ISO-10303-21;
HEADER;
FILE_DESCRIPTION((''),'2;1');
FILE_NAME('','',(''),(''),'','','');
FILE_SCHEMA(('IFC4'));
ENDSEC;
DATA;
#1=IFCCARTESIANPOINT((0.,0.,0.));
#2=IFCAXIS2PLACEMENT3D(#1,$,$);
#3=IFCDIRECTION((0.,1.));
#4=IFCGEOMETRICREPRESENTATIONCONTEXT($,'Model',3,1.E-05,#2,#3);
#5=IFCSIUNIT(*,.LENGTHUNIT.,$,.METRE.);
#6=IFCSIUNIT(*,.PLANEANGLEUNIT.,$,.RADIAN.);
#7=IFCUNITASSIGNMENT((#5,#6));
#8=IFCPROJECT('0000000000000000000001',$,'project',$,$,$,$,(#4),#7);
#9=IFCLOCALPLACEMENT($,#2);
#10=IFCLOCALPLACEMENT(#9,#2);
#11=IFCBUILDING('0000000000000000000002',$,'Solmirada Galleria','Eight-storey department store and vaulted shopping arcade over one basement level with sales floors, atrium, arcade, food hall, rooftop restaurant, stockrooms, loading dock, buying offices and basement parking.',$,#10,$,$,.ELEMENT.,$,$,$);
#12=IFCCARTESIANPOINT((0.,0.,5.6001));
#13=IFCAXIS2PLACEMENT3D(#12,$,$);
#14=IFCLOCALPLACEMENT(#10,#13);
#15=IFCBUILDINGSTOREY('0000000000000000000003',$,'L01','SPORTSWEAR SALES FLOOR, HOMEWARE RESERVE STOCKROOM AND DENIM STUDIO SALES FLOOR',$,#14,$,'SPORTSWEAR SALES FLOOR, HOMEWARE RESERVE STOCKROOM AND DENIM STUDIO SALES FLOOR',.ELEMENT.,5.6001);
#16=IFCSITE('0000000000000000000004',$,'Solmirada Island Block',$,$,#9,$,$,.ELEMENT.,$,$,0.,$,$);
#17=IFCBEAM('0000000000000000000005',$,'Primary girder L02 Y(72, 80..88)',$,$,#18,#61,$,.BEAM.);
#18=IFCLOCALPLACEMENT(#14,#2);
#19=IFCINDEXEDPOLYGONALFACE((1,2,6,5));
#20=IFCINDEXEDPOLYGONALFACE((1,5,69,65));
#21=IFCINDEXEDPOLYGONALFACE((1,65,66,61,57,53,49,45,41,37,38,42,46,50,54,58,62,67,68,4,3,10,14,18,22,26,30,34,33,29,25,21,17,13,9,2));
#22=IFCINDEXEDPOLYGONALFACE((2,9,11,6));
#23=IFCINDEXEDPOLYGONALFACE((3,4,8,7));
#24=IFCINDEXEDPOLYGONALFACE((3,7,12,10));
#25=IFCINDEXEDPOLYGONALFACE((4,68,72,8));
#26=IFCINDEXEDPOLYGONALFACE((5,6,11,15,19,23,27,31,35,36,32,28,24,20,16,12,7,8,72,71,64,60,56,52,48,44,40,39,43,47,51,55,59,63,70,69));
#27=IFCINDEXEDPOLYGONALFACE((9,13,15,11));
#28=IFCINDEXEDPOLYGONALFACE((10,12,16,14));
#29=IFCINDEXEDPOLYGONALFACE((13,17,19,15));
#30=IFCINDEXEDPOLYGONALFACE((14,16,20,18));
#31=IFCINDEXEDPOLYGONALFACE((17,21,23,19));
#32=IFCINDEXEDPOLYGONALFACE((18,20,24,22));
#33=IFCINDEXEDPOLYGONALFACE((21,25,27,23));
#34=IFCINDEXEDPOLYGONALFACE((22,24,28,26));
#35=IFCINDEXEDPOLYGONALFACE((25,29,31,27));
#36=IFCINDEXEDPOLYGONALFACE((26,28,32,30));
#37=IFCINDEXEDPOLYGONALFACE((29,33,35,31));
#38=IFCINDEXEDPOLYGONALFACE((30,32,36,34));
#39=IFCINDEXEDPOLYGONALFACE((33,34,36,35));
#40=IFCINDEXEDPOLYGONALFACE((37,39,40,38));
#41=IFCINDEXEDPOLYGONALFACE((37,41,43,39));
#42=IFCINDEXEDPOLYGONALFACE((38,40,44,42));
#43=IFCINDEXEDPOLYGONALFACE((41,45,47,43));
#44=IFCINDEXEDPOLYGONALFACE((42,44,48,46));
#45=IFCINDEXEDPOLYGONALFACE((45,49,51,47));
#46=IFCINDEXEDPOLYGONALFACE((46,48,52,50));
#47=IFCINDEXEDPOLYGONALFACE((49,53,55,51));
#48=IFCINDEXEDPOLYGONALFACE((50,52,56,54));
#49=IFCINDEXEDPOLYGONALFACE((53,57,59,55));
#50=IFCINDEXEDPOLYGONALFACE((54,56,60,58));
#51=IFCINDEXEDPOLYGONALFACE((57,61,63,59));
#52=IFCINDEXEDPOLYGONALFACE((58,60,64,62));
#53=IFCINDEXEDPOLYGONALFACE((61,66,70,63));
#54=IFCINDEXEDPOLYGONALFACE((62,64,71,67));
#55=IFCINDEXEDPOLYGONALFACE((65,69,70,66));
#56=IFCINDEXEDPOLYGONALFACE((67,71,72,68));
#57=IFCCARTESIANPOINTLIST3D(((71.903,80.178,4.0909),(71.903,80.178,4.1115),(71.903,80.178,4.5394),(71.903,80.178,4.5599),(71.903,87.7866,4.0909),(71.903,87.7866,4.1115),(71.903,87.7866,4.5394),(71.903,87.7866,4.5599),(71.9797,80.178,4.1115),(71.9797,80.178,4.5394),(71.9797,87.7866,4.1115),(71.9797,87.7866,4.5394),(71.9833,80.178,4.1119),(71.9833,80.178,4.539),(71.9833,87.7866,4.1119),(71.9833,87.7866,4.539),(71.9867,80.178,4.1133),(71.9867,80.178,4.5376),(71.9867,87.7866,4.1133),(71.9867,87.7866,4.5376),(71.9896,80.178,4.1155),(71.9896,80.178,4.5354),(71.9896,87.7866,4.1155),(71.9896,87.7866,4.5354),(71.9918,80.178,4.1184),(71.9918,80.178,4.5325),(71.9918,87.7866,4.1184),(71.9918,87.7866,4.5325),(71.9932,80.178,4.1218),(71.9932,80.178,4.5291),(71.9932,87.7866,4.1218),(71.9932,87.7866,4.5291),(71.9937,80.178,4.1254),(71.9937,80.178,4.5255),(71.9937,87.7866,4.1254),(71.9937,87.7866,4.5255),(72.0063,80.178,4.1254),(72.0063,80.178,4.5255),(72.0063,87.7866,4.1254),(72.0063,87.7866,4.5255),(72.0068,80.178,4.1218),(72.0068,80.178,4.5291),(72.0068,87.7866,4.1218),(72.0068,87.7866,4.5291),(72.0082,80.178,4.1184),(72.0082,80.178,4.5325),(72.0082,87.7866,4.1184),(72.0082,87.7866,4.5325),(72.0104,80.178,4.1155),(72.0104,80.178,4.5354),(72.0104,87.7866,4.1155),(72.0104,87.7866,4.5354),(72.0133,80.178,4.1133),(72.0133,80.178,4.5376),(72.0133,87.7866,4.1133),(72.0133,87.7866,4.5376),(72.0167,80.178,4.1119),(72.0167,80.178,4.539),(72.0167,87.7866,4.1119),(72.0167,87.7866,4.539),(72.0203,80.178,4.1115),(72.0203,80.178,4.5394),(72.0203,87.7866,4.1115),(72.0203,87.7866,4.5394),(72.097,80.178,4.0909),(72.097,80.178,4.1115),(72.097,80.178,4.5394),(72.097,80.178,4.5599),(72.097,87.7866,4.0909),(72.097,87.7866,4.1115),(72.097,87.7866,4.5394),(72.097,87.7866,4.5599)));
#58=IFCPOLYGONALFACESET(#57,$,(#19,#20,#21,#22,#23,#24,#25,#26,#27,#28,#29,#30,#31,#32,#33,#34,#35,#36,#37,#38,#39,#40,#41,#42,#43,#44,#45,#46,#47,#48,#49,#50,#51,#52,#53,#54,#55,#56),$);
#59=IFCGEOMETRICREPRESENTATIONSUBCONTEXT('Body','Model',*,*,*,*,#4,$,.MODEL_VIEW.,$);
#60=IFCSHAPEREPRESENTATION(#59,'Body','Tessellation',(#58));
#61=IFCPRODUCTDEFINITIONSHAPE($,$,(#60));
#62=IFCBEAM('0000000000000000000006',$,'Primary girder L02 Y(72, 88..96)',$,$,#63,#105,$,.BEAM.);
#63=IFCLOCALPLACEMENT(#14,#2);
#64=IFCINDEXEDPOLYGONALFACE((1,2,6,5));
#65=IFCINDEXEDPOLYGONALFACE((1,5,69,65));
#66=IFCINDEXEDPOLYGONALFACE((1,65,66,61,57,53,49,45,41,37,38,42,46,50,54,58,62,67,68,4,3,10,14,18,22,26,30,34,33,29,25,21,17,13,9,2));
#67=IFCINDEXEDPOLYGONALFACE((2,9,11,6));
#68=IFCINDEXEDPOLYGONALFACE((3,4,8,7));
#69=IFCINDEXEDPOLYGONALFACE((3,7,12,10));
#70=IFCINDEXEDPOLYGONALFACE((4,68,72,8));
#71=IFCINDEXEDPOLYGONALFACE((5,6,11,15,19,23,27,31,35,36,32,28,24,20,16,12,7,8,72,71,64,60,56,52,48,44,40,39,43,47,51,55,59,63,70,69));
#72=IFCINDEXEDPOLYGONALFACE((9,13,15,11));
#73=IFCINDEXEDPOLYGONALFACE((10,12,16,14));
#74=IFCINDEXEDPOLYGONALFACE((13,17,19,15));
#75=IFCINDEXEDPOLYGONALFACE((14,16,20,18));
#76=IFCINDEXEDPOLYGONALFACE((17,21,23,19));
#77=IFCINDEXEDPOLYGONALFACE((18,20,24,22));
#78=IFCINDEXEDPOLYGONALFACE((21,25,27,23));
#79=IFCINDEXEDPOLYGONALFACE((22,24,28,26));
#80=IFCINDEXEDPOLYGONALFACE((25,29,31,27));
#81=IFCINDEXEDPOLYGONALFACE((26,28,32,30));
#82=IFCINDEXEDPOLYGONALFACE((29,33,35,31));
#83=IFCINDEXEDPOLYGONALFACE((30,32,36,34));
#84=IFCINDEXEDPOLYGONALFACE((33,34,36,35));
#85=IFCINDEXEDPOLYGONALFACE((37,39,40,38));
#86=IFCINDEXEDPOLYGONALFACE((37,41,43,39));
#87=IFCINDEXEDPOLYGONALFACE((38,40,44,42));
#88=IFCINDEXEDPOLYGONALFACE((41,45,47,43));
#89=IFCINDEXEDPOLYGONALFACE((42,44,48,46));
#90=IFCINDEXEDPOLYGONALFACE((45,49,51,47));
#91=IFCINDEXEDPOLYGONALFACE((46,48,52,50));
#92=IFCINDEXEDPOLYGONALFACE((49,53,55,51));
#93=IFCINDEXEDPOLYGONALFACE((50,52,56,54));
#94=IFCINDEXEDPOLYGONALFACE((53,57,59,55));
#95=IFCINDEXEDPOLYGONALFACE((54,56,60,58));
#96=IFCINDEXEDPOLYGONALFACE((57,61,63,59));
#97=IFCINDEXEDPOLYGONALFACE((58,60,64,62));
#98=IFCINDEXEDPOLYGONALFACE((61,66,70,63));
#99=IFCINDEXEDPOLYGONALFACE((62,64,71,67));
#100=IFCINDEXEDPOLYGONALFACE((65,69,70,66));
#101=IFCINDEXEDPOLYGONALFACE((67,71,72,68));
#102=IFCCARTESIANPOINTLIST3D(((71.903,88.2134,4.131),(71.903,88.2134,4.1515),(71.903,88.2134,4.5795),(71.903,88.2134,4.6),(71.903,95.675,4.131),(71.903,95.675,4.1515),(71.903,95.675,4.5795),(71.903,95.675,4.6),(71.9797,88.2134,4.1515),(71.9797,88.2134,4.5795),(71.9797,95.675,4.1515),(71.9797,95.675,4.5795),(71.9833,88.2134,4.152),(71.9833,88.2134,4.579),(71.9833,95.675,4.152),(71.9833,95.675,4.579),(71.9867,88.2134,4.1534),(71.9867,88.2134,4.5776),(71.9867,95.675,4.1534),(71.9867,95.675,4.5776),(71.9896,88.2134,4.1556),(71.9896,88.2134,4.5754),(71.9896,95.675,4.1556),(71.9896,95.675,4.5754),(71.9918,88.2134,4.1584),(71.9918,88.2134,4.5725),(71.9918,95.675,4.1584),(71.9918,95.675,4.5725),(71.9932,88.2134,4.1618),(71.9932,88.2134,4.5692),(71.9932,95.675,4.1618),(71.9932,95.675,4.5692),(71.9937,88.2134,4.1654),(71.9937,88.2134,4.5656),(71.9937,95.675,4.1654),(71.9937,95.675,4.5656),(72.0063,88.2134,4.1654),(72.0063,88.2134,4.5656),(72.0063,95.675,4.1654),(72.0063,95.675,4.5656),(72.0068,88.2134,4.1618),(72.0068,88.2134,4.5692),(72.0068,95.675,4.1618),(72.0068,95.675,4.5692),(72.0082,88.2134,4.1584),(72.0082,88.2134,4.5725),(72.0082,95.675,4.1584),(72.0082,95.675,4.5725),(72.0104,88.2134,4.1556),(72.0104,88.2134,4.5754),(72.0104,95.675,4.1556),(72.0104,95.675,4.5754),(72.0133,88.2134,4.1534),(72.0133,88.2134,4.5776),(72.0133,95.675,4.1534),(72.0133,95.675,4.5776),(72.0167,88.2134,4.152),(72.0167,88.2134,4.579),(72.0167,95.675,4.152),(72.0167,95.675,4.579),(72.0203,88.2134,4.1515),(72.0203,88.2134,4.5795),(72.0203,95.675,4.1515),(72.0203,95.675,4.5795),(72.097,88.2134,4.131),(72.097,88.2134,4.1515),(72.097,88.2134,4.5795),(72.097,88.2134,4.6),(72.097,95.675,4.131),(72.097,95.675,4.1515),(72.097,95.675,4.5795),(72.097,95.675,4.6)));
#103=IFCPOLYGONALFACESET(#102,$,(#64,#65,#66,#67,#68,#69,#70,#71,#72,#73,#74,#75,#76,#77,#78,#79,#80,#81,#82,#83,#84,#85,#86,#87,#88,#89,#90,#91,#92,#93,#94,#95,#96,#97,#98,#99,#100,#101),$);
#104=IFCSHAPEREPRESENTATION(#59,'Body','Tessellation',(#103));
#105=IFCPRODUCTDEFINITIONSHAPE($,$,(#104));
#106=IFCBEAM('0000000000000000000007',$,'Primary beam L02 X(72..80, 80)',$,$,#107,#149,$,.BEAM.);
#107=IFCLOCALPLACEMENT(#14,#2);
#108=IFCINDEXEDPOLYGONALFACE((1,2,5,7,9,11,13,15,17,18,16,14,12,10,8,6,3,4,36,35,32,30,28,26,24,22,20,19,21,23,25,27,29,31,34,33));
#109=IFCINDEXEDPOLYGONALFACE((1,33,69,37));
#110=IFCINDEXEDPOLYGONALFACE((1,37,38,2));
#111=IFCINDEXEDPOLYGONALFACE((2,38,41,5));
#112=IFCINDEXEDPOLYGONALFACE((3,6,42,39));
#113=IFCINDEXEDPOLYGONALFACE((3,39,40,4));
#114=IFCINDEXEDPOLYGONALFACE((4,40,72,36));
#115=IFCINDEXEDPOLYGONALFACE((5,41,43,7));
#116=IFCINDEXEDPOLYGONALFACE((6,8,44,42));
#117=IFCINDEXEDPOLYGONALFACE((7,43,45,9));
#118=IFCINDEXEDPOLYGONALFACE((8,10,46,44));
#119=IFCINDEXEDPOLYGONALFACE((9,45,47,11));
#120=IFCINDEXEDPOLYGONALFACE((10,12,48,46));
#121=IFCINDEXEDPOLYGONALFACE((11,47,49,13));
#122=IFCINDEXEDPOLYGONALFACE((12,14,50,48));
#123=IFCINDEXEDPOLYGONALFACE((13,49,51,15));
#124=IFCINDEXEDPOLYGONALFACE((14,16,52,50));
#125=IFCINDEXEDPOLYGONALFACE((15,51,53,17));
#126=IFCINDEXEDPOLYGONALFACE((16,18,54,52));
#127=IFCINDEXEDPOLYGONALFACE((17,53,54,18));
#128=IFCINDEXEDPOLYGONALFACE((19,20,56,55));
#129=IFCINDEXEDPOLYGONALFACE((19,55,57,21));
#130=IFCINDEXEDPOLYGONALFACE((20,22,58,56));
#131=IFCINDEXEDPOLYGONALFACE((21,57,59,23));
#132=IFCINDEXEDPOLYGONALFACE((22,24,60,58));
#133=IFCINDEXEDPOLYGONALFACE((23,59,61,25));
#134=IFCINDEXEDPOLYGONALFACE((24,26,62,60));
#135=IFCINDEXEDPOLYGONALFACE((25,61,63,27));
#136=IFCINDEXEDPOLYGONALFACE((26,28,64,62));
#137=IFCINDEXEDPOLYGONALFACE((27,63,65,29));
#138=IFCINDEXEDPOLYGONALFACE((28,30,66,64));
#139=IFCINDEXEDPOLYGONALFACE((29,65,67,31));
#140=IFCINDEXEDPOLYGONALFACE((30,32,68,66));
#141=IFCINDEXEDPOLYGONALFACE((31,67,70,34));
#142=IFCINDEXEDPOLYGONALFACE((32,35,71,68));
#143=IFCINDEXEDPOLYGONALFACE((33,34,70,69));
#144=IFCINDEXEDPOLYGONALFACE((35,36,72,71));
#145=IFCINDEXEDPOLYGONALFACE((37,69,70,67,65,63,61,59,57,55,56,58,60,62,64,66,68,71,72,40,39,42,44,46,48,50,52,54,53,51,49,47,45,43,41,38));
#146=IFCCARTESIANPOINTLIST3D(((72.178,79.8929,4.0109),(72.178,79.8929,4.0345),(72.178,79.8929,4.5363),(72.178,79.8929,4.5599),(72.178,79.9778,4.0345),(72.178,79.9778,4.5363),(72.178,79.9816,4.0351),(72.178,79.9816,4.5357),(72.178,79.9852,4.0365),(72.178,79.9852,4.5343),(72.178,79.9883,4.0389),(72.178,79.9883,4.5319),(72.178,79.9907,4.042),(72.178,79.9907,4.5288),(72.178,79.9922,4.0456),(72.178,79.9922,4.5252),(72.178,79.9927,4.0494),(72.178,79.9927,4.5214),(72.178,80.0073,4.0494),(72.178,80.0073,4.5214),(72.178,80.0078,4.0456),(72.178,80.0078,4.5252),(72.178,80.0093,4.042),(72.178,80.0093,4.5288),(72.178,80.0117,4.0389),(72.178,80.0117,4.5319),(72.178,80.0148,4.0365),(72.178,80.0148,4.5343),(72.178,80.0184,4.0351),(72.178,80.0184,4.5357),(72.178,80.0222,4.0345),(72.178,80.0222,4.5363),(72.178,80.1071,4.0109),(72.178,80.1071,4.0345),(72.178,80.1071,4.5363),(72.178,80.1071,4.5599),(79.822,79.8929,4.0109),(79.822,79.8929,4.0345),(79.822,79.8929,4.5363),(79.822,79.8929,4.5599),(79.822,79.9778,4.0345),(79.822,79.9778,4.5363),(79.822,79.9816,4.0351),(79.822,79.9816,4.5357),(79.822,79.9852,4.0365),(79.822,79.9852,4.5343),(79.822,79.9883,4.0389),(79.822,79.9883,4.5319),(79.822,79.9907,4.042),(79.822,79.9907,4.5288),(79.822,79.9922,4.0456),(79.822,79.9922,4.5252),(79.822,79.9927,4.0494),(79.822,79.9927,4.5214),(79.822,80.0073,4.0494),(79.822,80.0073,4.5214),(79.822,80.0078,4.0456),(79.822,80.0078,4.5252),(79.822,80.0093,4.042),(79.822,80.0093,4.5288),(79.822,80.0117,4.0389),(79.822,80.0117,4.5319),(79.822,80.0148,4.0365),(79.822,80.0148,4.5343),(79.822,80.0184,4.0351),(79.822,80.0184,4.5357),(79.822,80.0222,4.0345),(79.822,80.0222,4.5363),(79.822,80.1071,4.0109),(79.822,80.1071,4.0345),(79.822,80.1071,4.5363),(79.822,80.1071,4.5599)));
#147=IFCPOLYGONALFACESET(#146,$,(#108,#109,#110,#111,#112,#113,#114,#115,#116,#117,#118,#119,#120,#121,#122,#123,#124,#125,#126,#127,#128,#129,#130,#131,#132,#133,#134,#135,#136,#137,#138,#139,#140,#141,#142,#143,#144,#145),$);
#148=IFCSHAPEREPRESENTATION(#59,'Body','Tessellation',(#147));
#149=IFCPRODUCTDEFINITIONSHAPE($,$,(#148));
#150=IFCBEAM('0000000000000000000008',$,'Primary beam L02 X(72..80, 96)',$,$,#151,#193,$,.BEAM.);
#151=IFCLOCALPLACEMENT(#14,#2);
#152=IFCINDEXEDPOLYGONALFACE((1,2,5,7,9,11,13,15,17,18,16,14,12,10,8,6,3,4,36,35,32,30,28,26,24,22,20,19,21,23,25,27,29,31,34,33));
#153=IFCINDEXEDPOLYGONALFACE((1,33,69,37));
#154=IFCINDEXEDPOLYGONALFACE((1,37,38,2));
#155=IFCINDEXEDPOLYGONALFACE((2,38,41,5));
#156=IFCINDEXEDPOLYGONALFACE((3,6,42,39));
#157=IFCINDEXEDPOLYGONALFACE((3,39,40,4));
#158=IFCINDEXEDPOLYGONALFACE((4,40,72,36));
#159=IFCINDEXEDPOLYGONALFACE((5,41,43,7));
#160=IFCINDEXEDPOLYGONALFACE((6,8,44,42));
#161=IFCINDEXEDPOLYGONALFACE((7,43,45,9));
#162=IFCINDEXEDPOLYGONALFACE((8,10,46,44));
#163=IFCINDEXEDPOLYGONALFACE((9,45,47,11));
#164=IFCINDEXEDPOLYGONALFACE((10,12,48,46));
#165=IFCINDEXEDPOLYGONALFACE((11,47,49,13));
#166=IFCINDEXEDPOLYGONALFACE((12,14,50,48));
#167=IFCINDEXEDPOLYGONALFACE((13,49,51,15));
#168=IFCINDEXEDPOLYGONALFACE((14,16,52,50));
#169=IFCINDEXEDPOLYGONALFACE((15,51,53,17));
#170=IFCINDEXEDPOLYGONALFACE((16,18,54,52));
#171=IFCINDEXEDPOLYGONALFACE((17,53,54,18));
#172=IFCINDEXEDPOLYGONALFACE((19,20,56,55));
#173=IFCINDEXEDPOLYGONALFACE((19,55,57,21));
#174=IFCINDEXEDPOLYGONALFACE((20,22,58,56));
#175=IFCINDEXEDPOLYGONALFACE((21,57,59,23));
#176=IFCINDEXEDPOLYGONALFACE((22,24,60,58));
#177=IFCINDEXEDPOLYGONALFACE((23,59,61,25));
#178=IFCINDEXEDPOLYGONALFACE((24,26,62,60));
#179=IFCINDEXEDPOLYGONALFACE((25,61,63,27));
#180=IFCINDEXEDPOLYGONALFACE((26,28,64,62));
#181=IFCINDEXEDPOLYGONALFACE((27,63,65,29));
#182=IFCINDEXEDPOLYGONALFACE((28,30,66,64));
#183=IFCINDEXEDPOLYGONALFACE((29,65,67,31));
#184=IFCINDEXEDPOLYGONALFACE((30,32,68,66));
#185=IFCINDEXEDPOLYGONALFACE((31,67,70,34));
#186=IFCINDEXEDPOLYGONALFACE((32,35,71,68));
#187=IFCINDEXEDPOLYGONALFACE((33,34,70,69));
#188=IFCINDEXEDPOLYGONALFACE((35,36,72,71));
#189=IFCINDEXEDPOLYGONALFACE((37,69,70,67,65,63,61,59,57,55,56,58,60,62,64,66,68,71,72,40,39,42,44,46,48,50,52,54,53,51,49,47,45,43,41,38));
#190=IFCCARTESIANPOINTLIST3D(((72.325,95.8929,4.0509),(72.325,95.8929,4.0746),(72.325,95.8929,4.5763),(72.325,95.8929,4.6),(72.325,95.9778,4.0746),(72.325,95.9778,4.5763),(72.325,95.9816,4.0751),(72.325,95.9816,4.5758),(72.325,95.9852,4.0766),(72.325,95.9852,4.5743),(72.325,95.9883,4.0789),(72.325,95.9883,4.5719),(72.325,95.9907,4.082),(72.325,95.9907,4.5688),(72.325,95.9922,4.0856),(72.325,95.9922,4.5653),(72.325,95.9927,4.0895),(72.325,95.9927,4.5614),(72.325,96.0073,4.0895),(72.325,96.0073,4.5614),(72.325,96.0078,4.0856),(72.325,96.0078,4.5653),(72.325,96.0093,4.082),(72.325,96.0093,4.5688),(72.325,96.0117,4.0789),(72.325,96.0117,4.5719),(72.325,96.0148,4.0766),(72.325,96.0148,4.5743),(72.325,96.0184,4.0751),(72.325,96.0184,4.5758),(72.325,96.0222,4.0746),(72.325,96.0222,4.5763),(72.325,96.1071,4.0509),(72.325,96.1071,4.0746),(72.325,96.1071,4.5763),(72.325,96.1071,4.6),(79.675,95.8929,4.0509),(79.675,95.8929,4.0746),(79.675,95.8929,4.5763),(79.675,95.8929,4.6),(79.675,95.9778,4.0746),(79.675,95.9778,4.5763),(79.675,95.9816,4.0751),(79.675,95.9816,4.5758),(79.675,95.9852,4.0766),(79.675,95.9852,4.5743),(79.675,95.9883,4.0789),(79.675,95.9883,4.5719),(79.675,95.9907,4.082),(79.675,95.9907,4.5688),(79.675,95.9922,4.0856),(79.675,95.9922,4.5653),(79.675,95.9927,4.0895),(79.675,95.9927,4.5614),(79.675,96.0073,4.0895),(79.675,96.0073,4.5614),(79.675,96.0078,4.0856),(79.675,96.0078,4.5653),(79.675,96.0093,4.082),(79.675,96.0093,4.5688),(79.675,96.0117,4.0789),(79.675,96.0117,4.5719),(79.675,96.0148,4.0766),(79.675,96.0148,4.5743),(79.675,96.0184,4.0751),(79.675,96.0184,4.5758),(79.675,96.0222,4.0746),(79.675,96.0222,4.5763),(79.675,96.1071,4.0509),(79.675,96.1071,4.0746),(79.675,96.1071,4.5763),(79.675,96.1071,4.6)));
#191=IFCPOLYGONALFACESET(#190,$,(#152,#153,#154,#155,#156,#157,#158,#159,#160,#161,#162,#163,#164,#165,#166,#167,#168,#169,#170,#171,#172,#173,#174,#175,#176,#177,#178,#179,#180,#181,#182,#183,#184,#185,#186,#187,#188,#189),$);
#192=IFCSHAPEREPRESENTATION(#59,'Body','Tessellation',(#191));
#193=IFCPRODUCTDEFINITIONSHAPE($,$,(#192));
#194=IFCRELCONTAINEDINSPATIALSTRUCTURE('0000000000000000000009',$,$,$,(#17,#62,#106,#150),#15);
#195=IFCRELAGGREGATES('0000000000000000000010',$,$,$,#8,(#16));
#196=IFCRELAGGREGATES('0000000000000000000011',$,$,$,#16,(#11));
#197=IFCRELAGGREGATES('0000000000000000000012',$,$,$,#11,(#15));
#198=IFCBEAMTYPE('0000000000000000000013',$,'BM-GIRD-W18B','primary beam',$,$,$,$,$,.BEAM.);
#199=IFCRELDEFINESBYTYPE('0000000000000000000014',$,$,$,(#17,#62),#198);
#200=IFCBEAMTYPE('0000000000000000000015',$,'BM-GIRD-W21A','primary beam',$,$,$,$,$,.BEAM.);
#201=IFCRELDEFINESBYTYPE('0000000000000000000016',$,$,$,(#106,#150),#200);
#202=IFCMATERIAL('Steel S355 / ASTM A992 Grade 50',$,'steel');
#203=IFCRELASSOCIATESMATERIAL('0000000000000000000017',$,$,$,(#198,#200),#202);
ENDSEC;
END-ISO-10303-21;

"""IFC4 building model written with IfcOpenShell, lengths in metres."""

from ifc_helpers import new_model, si_unit, direction, frame, origin, origin_2d, place, context, subcontext, project, spatial, i_section, extrude, material, material_profile, profile_set, type_object, element, save


model = new_model("IFC4")

# Units and contexts
model_context = context("Model", 3, precision=1e-05, world=origin(), true_north=direction((0.0, 1.0)))
body_context = subcontext(model_context, "Body", "Model", "MODEL_VIEW")
ifc_project = project(units=[si_unit("LENGTHUNIT", "METRE"), si_unit("PLANEANGLEUNIT", "RADIAN")], contexts=[model_context])

# Site, building, storey
site_placement = place(None, origin())
site = spatial("IfcSite", under=ifc_project, at=site_placement, Name="Solmirada Island Block", CompositionType="ELEMENT", RefElevation=0.0)
building_placement = place(site_placement, origin())
building = spatial("IfcBuilding", under=site, at=building_placement, Name="Solmirada Galleria", Description="Eight-storey department store and vaulted shopping arcade over one basement level with sales floors, atrium, arcade, food hall, rooftop restaurant, stockrooms, loading dock, buying offices and basement parking.", CompositionType="ELEMENT")
storey_placement = place(building_placement, frame((0.0, 0.0, 5.6001)))
storey = spatial("IfcBuildingStorey", under=building, at=storey_placement, Name="L01", Description="SPORTSWEAR SALES FLOOR, HOMEWARE RESERVE STOCKROOM AND DENIM STUDIO SALES FLOOR", LongName="SPORTSWEAR SALES FLOOR, HOMEWARE RESERVE STOCKROOM AND DENIM STUDIO SALES FLOOR", CompositionType="ELEMENT", Elevation=5.6001)

# Beams
ifc_material_1 = material(Name="Steel S355 / ASTM A992 Grade 50", Category="steel")
ifc_material_profile_1 = material_profile(ifc_material_1, i_section(OverallWidth=0.1941, OverallDepth=0.469, WebThickness=0.0127, FlangeThickness=0.0205, FilletRadius=0.0139, at=origin_2d()), Name="W18X71")
ifc_profile_set_1 = profile_set([ifc_material_profile_1], Name="Steel S355 / ASTM A992 Grade 50")
beam_type_1 = type_object("IfcBeamType", Name="BM-GIRD-W18B", Description="primary beam", PredefinedType="BEAM", material=ifc_profile_set_1)
beam_1_placement = place(storey_placement, frame((72.0, 80.178, 4.3254), z_axis=(0.0, 1.0, 0.0), x_axis=(-1.0, 0.0, 0.0)))
element("IfcBeam", 1, at=beam_1_placement, inside=storey, type_object=beam_type_1, Name="Primary girder L02 Y(72, 80..88)", PredefinedType="BEAM", context=body_context, shape_type="SweptSolid", body=[
    extrude(i_section(OverallWidth=0.1941, OverallDepth=0.469, WebThickness=0.0127, FlangeThickness=0.0205, FilletRadius=0.0139, at=origin_2d()), origin(), (0.0, 0.0, 1.0), 7.6086),
])
beam_2_placement = place(storey_placement, frame((72.0, 88.2134, 4.3655), z_axis=(0.0, 1.0, 0.0), x_axis=(-1.0, 0.0, 0.0)))
element("IfcBeam", 2, at=beam_2_placement, inside=storey, type_object=beam_type_1, Name="Primary girder L02 Y(72, 88..96)", PredefinedType="BEAM", context=body_context, shape_type="SweptSolid", body=[
    extrude(i_section(OverallWidth=0.1941, OverallDepth=0.469, WebThickness=0.0127, FlangeThickness=0.0205, FilletRadius=0.0139, at=origin_2d()), origin(), (0.0, 0.0, 1.0), 7.4617),
])
ifc_material_profile_2 = material_profile(ifc_material_1, i_section(OverallWidth=0.2141, OverallDepth=0.5491, WebThickness=0.0146, FlangeThickness=0.0237, FilletRadius=0.0149, at=origin_2d()), Name="W21X93")
ifc_profile_set_2 = profile_set([ifc_material_profile_2], Name="Steel S355 / ASTM A992 Grade 50")
beam_type_2 = type_object("IfcBeamType", Name="BM-GIRD-W21A", Description="primary beam", PredefinedType="BEAM", material=ifc_profile_set_2)
beam_3_placement = place(storey_placement, frame((72.178, 80.0, 4.2854), z_axis=(1.0, 0.0, 0.0), x_axis=(0.0, 1.0, 0.0)))
element("IfcBeam", 3, at=beam_3_placement, inside=storey, type_object=beam_type_2, Name="Primary beam L02 X(72..80, 80)", PredefinedType="BEAM", context=body_context, shape_type="SweptSolid", body=[
    extrude(i_section(OverallWidth=0.2141, OverallDepth=0.5491, WebThickness=0.0146, FlangeThickness=0.0237, FilletRadius=0.0149, at=origin_2d()), origin(), (0.0, 0.0, 1.0), 7.644),
])
beam_4_placement = place(storey_placement, frame((72.325, 96.0, 4.3254), z_axis=(1.0, 0.0, 0.0), x_axis=(0.0, 1.0, 0.0)))
element("IfcBeam", 4, at=beam_4_placement, inside=storey, type_object=beam_type_2, Name="Primary beam L02 X(72..80, 96)", PredefinedType="BEAM", context=body_context, shape_type="SweptSolid", body=[
    extrude(i_section(OverallWidth=0.2141, OverallDepth=0.5491, WebThickness=0.0146, FlangeThickness=0.0237, FilletRadius=0.0149, at=origin_2d()), origin(), (0.0, 0.0, 1.0), 7.3501),
])

save(model, "model.ifc")
